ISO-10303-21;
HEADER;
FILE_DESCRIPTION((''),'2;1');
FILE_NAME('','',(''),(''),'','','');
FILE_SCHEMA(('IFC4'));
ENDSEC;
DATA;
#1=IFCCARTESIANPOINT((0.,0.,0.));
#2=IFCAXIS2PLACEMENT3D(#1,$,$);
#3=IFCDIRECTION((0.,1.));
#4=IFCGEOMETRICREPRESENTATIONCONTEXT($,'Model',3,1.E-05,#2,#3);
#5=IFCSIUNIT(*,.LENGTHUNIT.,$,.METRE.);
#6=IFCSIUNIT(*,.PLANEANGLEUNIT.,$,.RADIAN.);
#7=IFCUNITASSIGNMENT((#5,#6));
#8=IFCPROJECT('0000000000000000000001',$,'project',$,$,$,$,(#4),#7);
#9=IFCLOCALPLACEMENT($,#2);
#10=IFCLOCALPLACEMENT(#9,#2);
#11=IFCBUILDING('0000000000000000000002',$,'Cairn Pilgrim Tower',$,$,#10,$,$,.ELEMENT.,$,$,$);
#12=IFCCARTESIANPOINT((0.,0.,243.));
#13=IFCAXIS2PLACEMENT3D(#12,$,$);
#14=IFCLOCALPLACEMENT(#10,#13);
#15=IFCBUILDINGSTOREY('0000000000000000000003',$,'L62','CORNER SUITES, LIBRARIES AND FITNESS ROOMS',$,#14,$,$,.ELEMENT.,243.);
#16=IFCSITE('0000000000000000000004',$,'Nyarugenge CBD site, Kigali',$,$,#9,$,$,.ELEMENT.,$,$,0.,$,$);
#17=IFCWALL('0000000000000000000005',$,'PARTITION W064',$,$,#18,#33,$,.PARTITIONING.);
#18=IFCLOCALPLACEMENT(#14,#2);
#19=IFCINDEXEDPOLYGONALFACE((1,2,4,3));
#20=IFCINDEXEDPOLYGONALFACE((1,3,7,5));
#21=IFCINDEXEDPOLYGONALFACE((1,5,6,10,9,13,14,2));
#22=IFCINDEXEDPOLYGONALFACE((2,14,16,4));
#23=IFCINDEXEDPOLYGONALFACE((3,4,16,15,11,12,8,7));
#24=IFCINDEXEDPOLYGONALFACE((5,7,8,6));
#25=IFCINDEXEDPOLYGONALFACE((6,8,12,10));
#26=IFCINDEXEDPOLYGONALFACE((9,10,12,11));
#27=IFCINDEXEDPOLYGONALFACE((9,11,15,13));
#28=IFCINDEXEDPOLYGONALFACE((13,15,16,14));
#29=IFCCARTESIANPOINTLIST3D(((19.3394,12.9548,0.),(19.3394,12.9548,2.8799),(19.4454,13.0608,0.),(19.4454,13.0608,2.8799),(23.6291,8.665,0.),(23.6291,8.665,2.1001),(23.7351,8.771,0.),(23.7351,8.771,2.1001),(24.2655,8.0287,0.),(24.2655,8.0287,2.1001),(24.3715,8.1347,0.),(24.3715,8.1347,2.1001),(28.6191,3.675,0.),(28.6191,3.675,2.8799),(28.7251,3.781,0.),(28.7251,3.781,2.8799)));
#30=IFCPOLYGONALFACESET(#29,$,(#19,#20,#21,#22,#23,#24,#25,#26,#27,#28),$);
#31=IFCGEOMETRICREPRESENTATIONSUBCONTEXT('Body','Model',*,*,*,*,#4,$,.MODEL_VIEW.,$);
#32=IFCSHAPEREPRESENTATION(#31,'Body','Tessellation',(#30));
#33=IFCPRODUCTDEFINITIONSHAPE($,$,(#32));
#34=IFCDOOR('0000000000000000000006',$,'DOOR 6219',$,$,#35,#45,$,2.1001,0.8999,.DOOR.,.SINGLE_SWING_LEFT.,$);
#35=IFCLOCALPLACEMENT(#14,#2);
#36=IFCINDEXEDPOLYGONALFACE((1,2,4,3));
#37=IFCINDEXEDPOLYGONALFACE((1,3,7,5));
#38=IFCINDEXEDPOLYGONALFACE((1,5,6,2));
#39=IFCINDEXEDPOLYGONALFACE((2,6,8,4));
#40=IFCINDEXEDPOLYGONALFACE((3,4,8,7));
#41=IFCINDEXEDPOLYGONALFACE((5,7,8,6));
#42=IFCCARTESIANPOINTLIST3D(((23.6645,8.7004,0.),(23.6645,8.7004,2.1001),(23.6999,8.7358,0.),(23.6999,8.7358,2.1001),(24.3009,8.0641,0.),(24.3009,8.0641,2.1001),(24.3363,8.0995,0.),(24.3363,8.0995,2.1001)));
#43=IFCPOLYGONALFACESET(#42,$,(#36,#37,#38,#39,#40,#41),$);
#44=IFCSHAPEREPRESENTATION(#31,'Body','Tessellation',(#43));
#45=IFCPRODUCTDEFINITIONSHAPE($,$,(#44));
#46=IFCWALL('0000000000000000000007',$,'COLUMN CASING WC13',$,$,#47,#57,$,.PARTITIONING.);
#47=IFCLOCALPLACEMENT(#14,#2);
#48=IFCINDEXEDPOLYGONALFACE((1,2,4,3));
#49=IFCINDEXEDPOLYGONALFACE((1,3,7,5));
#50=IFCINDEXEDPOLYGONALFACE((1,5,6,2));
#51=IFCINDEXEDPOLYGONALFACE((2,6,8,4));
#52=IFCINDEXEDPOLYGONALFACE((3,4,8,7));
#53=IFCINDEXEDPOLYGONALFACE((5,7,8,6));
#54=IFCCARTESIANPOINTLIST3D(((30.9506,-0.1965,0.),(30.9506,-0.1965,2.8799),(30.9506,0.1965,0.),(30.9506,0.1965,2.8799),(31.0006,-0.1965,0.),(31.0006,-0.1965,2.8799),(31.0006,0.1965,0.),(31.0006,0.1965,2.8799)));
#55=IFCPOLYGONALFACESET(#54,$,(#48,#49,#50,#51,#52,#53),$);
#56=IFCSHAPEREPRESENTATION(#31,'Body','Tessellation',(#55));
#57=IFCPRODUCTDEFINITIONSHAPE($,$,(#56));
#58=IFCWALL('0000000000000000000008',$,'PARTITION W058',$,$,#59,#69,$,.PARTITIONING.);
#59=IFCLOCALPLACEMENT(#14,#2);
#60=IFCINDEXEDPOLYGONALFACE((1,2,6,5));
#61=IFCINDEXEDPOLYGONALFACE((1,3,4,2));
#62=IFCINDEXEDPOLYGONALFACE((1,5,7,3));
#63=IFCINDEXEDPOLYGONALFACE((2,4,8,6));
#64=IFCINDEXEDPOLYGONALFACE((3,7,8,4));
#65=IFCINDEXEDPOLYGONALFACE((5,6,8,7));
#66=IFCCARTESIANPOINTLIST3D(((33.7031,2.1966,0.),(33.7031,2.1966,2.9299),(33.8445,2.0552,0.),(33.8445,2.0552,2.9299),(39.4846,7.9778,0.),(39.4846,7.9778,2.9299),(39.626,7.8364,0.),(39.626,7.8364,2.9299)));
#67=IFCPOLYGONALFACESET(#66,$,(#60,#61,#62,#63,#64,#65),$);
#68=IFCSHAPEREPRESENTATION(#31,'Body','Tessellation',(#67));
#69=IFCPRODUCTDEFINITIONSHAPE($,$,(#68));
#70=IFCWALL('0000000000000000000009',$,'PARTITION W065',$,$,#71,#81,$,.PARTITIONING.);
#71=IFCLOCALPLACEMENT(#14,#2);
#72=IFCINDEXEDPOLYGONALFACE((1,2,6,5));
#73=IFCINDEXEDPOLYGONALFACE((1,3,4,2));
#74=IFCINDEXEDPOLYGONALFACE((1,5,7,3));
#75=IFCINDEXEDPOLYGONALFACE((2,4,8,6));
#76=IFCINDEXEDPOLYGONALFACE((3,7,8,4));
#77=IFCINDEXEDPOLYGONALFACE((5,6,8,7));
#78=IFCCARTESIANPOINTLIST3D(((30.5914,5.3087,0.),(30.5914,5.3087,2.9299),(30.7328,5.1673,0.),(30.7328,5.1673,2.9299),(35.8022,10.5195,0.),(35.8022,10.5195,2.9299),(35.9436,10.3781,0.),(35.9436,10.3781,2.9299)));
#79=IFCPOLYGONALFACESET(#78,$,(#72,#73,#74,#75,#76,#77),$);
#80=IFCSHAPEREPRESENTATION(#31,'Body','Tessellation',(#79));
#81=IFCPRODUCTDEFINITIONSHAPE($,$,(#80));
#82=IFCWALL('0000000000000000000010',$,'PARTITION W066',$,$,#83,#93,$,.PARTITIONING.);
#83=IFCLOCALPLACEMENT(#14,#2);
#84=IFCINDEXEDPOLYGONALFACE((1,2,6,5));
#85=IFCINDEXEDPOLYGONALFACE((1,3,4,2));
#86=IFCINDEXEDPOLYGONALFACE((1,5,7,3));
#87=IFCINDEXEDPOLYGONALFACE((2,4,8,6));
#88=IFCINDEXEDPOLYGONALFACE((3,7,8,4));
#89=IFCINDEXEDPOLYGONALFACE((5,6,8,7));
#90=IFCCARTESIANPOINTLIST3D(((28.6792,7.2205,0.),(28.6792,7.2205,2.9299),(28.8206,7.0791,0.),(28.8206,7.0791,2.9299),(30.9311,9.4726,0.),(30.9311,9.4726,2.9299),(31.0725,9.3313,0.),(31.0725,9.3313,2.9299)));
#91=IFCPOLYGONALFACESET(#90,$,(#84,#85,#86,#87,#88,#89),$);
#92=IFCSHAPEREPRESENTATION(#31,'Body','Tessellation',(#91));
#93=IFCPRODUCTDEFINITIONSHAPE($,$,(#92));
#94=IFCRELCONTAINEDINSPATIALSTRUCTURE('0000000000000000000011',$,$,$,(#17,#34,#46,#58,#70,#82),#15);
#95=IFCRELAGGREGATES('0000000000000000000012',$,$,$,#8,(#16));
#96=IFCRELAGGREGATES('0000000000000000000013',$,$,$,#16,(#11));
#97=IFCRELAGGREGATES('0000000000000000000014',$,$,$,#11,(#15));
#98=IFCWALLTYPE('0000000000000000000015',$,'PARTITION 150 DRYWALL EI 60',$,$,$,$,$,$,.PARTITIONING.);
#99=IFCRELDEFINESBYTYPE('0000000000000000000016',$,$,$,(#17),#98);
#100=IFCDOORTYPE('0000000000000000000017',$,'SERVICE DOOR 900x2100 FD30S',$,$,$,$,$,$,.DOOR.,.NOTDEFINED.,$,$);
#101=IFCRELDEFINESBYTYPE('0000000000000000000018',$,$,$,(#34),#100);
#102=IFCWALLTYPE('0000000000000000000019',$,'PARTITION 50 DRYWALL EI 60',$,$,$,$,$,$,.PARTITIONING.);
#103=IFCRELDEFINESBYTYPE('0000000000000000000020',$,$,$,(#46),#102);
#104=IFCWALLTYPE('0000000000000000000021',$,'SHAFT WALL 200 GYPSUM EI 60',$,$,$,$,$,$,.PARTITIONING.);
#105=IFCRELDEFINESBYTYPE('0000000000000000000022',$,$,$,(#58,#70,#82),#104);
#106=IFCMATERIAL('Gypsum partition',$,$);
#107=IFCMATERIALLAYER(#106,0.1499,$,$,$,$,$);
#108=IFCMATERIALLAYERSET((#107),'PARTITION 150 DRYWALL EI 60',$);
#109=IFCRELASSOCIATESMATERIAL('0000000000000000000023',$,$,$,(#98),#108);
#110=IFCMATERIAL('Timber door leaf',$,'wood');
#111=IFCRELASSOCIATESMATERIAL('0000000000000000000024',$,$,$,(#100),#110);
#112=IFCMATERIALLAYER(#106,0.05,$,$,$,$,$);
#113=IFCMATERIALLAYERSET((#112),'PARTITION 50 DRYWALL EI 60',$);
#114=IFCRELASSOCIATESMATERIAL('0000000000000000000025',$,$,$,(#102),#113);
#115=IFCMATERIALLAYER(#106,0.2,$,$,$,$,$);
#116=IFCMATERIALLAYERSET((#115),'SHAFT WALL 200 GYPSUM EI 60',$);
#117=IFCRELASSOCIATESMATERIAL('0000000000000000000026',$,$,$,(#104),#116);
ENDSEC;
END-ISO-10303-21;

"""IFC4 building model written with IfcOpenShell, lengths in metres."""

from ifc_helpers import new_model, si_unit, direction, frame, frame_2d, origin, place, context, subcontext, project, spatial, rectangle, extrude, material, layer, layer_set, type_object, element, fill, save


model = new_model("IFC4")

# Units and contexts
model_context = context("Model", 3, precision=1e-05, world=origin(), true_north=direction((0.0, 1.0)))
body_context = subcontext(model_context, "Body", "Model", "MODEL_VIEW")
ifc_project = project(units=[si_unit("LENGTHUNIT", "METRE"), si_unit("PLANEANGLEUNIT", "RADIAN")], contexts=[model_context])

# Site, building, storey
site_placement = place(None, origin())
site = spatial("IfcSite", under=ifc_project, at=site_placement, Name="Nyarugenge CBD site, Kigali", CompositionType="ELEMENT", RefElevation=0.0)
building_placement = place(site_placement, origin())
building = spatial("IfcBuilding", under=site, at=building_placement, Name="Cairn Pilgrim Tower", CompositionType="ELEMENT")
storey_placement = place(building_placement, frame((0.0, 0.0, 243.0)))
storey = spatial("IfcBuildingStorey", under=building, at=storey_placement, Name="L62", Description="CORNER SUITES, LIBRARIES AND FITNESS ROOMS", CompositionType="ELEMENT", Elevation=243.0)

# Shared definitions
ifc_material_1 = material(Name="Gypsum partition")
ifc_material_2 = material(Name="Timber door leaf", Category="wood")

# Shared definitions
ifc_layer_1 = layer(ifc_material_1, 0.1499)
ifc_layer_set_1 = layer_set([ifc_layer_1], Name="PARTITION 150 DRYWALL EI 60")
wall_type_1 = type_object("IfcWallType", Name="PARTITION 150 DRYWALL EI 60", PredefinedType="PARTITIONING", material=ifc_layer_set_1)

# Shared definitions
door_type_1 = type_object("IfcDoorType", Name="SERVICE DOOR 900x2100 FD30S", OperationType="NOTDEFINED", PredefinedType="DOOR", material=ifc_material_2)

# Wall, opening, door
wall_1_placement = place(storey_placement, frame((28.6721, 3.728, 0.0), z_axis=(0.0, 0.0, 1.0), x_axis=(-0.707107, 0.707107, 0.0)))
wall_1 = element("IfcWall", 1, at=wall_1_placement, inside=storey, type_object=wall_type_1, Name="PARTITION W064", PredefinedType="PARTITIONING", context=body_context, shape_type="SweptSolid", body=[
    extrude(rectangle(XDim=13.1235, YDim=0.1499, at=frame_2d((6.5618, 0.0))), origin(), (0.0, 0.0, 1.0), 2.8799),
])
opening_1_placement = place(wall_1_placement, frame((6.157, 0.0, 0.0)))
opening_1 = element("IfcOpeningElement", 2, at=opening_1_placement, cuts=wall_1, PredefinedType="OPENING", context=body_context, shape_type="SweptSolid", body=[
    extrude(rectangle(XDim=0.8999, YDim=2.1001, at=frame_2d((0.45, 1.05))), frame((0.0, 0.085, 0.0), z_axis=(0.0, -1.0, 0.0), x_axis=(1.0, 0.0, 0.0)), (0.0, 0.0, 1.0), 0.1699),
])
door_1_placement = place(opening_1_placement, origin())
door_1 = element("IfcDoor", 3, at=door_1_placement, inside=storey, type_object=door_type_1, Name="DOOR 6219", OperationType="SINGLE_SWING_LEFT", OverallHeight=2.1001, OverallWidth=0.8999, PredefinedType="DOOR", context=body_context, shape_type="SweptSolid", body=[
    extrude(rectangle(XDim=0.8999, YDim=2.1001, at=frame_2d((0.45, 1.05))), frame((0.0, 0.0249, 0.0), z_axis=(0.0, -1.0, 0.0), x_axis=(1.0, 0.0, 0.0)), (0.0, 0.0, 1.0), 0.05),
])
fill(opening_1, door_1)

# Walls
ifc_layer_2 = layer(ifc_material_1, 0.05)
ifc_layer_set_2 = layer_set([ifc_layer_2], Name="PARTITION 50 DRYWALL EI 60")
wall_type_2 = type_object("IfcWallType", Name="PARTITION 50 DRYWALL EI 60", PredefinedType="PARTITIONING", material=ifc_layer_set_2)
wall_2_placement = place(storey_placement, frame((30.9756, -0.1965, 0.0), z_axis=(0.0, 0.0, 1.0), x_axis=(0.0, 1.0, 0.0)))
element("IfcWall", 4, at=wall_2_placement, inside=storey, type_object=wall_type_2, Name="COLUMN CASING WC13", PredefinedType="PARTITIONING", context=body_context, shape_type="SweptSolid", body=[
    extrude(rectangle(XDim=0.3931, YDim=0.05, at=frame_2d((0.1965, 0.0))), origin(), (0.0, 0.0, 1.0), 2.8799),
])
ifc_layer_3 = layer(ifc_material_1, 0.2)
ifc_layer_set_3 = layer_set([ifc_layer_3], Name="SHAFT WALL 200 GYPSUM EI 60")
wall_type_3 = type_object("IfcWallType", Name="SHAFT WALL 200 GYPSUM EI 60", PredefinedType="PARTITIONING", material=ifc_layer_set_3)
wall_3_placement = place(storey_placement, frame((33.7739, 2.126, 0.0), z_axis=(0.0, 0.0, 1.0), x_axis=(0.707122, 0.707092, 0.0)))
element("IfcWall", 5, at=wall_3_placement, inside=storey, type_object=wall_type_3, Name="PARTITION W058", PredefinedType="PARTITIONING", context=body_context, shape_type="SweptSolid", body=[
    extrude(rectangle(XDim=8.176, YDim=0.2, at=frame_2d((4.0879, 0.0))), origin(), (0.0, 0.0, 1.0), 2.9299),
])
wall_4_placement = place(storey_placement, frame((30.6621, 5.238, 0.0), z_axis=(0.0, 0.0, 1.0), x_axis=(0.707107, 0.707107, 0.0)))
element("IfcWall", 6, at=wall_4_placement, inside=storey, type_object=wall_type_3, Name="PARTITION W065", PredefinedType="PARTITIONING", context=body_context, shape_type="SweptSolid", body=[
    extrude(rectangle(XDim=7.3691, YDim=0.2, at=frame_2d((3.6846, 0.0))), origin(), (0.0, 0.0, 1.0), 2.9299),
])
wall_5_placement = place(storey_placement, frame((28.75, 7.1499, 0.0), z_axis=(0.0, 0.0, 1.0), x_axis=(0.707068, 0.707145, 0.0)))
element("IfcWall", 7, at=wall_5_placement, inside=storey, type_object=wall_type_3, Name="PARTITION W066", PredefinedType="PARTITIONING", context=body_context, shape_type="SweptSolid", body=[
    extrude(rectangle(XDim=3.1848, YDim=0.2, at=frame_2d((1.5923, 0.0))), origin(), (0.0, 0.0, 1.0), 2.9299),
])

save(model, "model.ifc")
